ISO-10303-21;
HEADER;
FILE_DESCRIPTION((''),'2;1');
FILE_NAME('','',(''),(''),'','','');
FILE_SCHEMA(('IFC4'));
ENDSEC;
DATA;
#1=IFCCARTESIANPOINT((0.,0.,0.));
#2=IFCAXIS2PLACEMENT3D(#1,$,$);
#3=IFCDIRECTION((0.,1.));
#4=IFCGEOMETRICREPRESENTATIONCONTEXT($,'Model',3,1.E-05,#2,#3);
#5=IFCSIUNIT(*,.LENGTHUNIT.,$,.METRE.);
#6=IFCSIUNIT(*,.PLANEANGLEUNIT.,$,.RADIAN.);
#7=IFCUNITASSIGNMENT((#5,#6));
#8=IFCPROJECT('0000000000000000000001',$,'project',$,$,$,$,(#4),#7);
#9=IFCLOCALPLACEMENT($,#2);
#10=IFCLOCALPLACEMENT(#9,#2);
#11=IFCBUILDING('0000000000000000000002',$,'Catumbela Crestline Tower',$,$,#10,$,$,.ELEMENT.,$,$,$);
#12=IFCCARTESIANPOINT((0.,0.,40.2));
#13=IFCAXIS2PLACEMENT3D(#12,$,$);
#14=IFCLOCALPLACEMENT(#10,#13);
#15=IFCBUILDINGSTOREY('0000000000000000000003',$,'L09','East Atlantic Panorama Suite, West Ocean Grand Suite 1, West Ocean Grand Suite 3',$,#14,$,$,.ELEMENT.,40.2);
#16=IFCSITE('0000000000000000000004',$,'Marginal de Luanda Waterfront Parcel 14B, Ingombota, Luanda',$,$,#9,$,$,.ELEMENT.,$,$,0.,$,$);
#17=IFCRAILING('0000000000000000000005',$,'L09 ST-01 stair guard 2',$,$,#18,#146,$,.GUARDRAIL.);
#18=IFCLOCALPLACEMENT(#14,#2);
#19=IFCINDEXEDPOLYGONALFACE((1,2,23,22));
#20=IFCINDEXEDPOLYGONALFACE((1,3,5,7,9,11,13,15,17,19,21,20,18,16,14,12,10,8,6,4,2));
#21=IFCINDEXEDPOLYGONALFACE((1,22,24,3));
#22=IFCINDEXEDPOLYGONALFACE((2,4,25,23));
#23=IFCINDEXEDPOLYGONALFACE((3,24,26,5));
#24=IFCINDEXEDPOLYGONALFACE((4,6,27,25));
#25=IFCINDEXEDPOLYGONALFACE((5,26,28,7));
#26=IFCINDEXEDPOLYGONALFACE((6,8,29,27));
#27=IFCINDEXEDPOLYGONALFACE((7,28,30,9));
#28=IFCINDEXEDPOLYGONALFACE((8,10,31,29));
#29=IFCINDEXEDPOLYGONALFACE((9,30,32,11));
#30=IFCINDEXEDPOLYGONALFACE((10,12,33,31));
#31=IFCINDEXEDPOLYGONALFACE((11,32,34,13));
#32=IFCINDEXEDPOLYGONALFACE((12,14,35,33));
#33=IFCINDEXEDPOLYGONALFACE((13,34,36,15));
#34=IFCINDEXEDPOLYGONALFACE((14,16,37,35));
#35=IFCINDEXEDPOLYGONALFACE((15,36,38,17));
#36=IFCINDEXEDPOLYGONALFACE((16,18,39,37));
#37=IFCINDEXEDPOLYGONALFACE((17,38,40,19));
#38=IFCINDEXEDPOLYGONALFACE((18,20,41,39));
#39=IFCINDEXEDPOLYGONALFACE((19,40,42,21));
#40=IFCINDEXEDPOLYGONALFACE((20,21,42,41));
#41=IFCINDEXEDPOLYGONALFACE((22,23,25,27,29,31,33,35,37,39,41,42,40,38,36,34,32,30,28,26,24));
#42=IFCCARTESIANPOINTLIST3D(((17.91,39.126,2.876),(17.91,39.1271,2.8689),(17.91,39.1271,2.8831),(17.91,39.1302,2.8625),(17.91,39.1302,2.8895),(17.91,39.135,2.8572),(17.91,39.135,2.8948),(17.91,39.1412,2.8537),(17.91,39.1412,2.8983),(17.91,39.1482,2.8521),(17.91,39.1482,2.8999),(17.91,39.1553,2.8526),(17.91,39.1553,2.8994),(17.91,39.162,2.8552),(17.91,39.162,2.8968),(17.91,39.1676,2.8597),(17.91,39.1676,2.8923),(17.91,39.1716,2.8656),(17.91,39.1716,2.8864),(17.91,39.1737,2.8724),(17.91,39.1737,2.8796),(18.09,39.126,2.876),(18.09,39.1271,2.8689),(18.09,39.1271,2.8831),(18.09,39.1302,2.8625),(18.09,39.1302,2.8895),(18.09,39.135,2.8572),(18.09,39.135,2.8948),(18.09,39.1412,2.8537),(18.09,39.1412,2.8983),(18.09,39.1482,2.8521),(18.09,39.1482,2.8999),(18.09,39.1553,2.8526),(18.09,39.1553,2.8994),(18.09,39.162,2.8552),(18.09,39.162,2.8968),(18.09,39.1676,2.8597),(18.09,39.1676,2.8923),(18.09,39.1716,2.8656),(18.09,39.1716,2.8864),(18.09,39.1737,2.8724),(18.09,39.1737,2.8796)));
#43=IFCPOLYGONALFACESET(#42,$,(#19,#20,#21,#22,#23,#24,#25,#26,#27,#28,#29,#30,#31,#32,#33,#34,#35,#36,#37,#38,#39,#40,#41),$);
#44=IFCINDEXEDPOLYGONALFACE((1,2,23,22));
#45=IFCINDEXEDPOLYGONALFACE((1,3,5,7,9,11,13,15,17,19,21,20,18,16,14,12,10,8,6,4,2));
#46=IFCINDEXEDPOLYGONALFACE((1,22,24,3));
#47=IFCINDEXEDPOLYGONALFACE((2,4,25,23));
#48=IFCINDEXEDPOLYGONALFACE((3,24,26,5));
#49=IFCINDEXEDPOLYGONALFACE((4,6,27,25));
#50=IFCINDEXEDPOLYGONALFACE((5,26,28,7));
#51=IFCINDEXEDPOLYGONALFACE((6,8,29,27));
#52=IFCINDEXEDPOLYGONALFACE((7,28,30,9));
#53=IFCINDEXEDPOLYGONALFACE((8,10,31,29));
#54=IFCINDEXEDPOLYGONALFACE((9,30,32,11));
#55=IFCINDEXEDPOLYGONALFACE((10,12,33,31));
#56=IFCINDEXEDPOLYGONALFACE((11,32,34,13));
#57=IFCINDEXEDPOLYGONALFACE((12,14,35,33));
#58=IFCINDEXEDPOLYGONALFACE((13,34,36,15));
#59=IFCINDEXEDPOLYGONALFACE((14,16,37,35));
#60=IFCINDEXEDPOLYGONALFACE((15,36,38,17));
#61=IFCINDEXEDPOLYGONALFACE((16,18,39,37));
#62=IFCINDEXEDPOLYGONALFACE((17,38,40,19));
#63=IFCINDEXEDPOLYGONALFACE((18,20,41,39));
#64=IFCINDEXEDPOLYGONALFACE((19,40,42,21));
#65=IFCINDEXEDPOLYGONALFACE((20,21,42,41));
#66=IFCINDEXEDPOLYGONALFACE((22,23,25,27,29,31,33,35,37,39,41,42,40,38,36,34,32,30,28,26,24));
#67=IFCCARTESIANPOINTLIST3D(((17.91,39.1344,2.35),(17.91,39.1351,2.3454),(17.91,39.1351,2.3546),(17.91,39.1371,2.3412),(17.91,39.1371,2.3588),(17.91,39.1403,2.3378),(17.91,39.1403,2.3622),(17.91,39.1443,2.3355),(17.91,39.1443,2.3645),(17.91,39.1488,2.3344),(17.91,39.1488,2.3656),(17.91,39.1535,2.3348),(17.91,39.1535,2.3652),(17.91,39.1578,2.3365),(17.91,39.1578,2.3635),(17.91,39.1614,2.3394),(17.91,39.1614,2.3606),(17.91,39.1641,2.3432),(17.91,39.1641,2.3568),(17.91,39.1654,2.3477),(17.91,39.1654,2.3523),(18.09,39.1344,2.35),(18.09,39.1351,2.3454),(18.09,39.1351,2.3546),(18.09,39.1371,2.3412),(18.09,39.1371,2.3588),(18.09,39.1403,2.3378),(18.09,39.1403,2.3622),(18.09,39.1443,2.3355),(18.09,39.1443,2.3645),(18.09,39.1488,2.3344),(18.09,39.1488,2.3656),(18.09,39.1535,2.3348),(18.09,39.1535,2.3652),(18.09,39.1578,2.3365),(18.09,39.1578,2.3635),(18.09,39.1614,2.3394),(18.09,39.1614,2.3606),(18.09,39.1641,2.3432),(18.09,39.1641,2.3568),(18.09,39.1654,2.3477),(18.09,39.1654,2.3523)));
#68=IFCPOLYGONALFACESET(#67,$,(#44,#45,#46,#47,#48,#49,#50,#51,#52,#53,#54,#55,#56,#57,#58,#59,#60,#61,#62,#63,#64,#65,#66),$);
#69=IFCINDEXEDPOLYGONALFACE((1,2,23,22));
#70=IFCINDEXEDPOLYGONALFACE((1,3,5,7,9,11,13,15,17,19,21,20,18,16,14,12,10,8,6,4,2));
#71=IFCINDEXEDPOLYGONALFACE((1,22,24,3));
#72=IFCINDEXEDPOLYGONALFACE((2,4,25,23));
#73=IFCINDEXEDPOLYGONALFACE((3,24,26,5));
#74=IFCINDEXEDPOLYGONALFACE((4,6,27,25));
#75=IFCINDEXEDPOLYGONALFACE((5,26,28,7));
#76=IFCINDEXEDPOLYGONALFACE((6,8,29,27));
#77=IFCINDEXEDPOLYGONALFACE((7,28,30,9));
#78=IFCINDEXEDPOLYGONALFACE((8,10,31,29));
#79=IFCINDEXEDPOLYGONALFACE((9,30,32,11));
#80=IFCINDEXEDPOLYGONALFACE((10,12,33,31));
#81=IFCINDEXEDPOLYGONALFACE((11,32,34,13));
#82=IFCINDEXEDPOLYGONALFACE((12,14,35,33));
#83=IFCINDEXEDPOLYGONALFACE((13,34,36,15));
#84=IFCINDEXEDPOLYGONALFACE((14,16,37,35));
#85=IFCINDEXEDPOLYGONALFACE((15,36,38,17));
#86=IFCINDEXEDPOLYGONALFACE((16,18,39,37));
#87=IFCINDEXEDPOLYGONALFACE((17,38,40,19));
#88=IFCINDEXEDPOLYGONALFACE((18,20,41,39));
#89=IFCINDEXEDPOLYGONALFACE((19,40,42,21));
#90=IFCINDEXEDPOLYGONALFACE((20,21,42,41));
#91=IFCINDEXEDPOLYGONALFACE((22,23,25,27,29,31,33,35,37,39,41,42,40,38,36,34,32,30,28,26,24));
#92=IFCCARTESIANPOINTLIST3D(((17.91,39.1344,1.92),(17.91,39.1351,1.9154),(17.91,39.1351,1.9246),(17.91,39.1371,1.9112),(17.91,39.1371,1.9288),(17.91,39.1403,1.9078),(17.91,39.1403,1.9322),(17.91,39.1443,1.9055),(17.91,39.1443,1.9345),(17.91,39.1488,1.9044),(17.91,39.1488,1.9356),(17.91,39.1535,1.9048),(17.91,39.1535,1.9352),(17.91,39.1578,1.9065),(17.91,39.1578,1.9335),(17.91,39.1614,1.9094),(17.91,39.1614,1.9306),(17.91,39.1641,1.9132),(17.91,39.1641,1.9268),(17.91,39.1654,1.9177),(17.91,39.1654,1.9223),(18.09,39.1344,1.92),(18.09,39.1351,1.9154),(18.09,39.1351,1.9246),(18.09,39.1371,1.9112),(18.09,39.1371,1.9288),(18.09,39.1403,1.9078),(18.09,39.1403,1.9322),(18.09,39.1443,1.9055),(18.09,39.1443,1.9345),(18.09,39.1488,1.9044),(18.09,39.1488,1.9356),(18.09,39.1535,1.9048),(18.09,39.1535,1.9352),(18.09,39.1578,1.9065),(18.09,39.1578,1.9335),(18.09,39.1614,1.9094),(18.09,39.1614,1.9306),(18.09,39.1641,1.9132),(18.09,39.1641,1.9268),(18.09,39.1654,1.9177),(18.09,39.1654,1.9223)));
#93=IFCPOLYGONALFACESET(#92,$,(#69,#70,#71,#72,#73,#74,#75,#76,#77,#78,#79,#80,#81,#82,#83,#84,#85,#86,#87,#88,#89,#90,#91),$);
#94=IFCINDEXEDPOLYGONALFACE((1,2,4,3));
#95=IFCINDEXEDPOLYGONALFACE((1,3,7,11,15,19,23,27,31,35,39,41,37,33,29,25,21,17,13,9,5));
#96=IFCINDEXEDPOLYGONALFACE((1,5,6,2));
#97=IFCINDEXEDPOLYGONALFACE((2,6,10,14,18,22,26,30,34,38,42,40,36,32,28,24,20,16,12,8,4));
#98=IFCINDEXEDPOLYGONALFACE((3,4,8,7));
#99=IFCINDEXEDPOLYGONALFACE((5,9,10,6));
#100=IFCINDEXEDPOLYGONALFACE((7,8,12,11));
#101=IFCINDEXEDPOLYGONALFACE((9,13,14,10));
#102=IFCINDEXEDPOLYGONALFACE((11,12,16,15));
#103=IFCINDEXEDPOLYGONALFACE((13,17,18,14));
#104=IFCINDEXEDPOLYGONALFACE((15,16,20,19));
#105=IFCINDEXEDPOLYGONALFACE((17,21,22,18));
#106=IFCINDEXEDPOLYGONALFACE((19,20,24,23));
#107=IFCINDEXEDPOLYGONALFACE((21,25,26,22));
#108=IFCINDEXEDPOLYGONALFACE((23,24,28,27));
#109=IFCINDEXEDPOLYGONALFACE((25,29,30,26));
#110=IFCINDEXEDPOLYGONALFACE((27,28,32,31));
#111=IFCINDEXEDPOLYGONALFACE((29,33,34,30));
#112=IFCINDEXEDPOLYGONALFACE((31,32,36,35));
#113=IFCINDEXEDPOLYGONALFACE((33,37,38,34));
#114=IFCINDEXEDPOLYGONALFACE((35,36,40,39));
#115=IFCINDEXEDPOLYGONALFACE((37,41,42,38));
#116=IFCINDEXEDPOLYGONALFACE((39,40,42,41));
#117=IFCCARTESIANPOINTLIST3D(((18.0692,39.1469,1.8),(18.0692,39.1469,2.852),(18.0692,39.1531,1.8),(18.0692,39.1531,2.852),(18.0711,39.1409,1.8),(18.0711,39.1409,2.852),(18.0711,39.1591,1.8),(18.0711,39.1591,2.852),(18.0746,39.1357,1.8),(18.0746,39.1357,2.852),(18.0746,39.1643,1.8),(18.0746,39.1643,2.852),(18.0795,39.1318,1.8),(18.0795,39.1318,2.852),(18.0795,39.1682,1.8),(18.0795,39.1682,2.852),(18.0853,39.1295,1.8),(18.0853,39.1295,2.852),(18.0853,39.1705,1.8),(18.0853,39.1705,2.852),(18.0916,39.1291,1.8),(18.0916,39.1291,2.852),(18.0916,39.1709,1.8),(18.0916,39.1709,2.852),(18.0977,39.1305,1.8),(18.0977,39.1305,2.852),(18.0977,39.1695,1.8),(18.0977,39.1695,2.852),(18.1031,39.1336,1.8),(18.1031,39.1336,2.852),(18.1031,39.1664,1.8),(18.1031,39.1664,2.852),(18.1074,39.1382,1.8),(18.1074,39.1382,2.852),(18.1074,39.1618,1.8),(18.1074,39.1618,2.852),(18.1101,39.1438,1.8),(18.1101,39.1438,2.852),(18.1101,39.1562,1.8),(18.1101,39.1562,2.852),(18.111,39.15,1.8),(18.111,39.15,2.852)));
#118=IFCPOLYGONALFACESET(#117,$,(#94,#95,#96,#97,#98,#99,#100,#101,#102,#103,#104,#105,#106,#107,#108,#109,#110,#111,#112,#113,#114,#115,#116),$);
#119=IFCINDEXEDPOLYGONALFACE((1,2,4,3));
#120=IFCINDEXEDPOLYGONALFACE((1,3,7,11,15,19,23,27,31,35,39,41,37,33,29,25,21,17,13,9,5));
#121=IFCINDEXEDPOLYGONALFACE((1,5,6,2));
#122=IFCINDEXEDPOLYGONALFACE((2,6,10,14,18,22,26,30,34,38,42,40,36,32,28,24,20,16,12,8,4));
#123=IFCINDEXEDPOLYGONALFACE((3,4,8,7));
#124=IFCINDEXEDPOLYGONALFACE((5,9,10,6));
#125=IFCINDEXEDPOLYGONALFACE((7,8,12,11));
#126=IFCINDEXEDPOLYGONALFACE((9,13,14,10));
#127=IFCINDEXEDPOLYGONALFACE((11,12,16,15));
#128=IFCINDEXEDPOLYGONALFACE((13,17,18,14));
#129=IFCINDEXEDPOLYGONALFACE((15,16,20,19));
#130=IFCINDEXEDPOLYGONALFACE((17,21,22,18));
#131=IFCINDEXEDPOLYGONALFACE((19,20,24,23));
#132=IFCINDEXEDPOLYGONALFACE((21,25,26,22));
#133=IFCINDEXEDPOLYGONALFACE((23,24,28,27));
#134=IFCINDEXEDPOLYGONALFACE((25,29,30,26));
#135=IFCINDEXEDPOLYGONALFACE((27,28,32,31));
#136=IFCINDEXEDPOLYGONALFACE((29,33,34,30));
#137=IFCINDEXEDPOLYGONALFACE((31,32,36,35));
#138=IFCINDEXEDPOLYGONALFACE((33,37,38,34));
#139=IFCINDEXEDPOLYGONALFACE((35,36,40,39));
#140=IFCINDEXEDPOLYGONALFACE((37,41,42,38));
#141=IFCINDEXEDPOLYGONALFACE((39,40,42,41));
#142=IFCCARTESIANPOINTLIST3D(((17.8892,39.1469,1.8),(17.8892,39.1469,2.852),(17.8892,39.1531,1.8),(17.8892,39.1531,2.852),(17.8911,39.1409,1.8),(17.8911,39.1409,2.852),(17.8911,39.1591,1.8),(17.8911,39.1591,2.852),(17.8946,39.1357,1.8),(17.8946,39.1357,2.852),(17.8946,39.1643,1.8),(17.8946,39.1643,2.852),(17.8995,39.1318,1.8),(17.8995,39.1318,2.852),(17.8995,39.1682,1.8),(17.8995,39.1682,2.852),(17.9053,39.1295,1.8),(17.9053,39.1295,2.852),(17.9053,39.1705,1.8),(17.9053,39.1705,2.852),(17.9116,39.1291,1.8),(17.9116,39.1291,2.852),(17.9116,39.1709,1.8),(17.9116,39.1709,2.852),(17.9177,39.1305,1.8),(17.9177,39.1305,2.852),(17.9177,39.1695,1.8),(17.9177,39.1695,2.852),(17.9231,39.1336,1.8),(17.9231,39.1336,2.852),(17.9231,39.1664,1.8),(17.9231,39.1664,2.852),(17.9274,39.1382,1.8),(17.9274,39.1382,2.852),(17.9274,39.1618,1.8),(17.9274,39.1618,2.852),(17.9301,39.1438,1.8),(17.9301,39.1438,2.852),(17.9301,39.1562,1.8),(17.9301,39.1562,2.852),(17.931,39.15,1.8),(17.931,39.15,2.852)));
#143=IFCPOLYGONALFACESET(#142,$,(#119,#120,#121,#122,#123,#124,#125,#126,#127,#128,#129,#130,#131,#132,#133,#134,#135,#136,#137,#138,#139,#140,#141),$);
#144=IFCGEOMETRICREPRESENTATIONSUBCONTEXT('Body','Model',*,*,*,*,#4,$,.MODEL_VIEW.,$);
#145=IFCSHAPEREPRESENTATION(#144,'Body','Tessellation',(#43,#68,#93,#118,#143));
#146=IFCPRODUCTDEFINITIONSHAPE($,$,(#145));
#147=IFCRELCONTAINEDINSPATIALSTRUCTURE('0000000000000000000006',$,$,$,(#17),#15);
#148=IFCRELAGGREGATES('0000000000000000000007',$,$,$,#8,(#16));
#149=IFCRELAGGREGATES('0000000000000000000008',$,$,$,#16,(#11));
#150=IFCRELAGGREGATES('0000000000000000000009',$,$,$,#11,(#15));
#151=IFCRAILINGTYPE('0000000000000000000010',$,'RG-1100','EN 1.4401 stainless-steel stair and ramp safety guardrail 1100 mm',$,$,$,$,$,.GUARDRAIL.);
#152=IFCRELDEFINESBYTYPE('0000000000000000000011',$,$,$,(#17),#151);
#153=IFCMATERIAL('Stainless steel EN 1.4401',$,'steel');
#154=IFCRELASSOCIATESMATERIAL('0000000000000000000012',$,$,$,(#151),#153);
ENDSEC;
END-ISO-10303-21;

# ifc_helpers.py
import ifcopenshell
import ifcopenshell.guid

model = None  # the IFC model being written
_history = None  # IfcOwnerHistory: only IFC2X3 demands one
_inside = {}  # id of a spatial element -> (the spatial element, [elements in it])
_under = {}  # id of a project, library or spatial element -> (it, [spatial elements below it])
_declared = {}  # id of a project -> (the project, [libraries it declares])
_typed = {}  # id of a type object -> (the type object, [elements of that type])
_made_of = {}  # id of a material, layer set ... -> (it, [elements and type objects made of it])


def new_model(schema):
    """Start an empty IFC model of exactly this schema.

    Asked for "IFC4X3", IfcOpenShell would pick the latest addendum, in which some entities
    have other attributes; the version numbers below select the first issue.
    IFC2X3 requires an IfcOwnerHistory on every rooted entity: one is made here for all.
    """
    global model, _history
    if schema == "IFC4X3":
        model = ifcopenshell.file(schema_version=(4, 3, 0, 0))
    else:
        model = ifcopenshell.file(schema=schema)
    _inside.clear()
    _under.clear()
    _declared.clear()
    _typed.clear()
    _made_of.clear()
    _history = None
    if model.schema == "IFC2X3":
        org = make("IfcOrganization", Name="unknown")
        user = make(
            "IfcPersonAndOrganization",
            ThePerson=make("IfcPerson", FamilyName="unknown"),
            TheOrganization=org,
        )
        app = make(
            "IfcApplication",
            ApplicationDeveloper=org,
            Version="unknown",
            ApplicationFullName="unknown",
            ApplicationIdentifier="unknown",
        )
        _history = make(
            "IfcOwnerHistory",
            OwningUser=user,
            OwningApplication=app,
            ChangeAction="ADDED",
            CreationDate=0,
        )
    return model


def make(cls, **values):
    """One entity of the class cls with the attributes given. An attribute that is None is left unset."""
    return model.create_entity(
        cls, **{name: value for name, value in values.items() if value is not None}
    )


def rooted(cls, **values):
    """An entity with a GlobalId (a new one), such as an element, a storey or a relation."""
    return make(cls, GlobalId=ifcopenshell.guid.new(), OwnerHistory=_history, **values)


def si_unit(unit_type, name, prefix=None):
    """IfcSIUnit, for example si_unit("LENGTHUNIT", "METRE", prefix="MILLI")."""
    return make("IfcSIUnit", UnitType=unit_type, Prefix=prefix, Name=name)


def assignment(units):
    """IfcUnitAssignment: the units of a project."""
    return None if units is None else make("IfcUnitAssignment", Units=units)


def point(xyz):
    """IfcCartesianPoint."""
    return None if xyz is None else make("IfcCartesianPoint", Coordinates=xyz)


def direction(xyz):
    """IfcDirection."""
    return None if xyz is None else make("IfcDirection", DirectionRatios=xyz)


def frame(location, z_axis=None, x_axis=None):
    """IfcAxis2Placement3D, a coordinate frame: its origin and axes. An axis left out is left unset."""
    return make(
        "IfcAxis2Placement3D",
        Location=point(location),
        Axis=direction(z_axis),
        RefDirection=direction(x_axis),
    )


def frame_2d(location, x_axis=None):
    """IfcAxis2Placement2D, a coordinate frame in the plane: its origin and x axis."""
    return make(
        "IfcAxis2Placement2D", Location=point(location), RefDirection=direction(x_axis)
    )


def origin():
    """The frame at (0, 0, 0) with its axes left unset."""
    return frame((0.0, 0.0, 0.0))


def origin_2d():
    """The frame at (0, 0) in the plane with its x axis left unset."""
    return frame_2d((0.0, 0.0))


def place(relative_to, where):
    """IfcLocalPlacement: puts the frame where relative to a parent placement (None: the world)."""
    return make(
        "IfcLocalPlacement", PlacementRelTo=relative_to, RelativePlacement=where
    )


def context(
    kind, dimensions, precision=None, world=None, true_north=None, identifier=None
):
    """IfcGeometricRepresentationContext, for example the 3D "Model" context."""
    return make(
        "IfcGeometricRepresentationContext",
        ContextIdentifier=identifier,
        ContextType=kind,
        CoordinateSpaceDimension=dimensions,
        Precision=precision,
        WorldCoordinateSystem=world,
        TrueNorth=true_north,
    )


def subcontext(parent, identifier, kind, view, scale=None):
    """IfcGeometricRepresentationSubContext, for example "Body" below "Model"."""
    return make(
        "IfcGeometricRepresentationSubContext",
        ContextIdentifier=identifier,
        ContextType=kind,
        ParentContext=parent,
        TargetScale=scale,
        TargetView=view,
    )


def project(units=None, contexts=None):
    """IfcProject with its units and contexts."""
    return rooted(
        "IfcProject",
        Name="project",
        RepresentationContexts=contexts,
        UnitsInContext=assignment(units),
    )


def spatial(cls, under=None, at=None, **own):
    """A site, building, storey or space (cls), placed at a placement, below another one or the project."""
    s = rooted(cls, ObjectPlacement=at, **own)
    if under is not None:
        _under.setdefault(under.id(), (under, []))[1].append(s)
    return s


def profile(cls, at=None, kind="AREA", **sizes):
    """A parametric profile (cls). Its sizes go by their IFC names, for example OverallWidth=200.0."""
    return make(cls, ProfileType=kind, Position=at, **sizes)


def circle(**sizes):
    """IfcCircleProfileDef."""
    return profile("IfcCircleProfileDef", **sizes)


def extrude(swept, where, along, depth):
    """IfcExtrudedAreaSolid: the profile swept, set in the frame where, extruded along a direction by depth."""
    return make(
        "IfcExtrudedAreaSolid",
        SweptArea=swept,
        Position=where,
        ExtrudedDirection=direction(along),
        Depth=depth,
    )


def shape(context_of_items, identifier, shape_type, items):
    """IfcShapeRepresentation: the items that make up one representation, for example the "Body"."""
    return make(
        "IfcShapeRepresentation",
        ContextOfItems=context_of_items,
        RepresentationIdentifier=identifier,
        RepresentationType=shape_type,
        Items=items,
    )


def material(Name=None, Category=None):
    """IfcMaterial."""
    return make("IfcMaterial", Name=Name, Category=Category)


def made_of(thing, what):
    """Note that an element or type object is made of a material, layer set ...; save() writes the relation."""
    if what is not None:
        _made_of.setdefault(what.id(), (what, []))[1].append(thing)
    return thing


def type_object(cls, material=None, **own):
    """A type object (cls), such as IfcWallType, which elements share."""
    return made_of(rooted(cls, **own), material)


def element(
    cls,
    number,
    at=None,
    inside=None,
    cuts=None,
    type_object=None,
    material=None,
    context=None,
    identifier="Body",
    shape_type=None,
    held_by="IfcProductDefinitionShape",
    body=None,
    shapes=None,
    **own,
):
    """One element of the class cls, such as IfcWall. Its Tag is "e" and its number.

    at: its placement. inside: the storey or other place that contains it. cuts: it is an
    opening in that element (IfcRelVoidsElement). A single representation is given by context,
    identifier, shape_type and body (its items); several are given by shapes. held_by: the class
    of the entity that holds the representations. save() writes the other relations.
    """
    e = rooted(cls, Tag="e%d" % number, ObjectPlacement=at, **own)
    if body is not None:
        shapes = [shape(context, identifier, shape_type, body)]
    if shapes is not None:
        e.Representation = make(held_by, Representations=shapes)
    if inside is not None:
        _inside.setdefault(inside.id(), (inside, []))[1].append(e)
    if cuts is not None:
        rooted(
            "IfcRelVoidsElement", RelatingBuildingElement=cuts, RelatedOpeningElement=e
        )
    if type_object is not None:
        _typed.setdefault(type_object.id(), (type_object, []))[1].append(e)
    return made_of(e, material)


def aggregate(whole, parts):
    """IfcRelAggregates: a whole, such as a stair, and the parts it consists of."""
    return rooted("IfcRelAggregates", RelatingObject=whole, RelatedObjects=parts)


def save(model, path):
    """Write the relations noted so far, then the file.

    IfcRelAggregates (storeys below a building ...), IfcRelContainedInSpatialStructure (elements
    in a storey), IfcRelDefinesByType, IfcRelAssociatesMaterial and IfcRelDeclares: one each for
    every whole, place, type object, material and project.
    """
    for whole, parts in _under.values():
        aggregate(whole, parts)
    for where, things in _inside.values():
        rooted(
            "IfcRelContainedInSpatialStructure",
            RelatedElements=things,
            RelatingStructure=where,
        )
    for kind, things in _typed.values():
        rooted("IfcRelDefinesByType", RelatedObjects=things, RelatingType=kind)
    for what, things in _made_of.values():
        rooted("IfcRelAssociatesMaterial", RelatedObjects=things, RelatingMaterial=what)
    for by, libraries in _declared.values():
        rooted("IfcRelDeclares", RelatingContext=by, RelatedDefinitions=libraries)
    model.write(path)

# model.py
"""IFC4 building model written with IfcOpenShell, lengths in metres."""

from ifc_helpers import new_model, si_unit, direction, frame, origin, origin_2d, place, context, subcontext, project, spatial, circle, extrude, material, type_object, element, save


model = new_model("IFC4")

# Units and contexts
model_context = context("Model", 3, precision=1e-05, world=origin(), true_north=direction((0.0, 1.0)))
body_context = subcontext(model_context, "Body", "Model", "MODEL_VIEW")
ifc_project = project(units=[si_unit("LENGTHUNIT", "METRE"), si_unit("PLANEANGLEUNIT", "RADIAN")], contexts=[model_context])

# Site, building, storey
site_placement = place(None, origin())
site = spatial("IfcSite", under=ifc_project, at=site_placement, Name="Marginal de Luanda Waterfront Parcel 14B, Ingombota, Luanda", CompositionType="ELEMENT", RefElevation=0.0)
building_placement = place(site_placement, origin())
building = spatial("IfcBuilding", under=site, at=building_placement, Name="Catumbela Crestline Tower", CompositionType="ELEMENT")
storey_placement = place(building_placement, frame((0.0, 0.0, 40.2)))
storey = spatial("IfcBuildingStorey", under=building, at=storey_placement, Name="L09", Description="East Atlantic Panorama Suite, West Ocean Grand Suite 1, West Ocean Grand Suite 3", CompositionType="ELEMENT", Elevation=40.2)

# Shared definitions
ifc_material_1 = material(Name="Stainless steel EN 1.4401", Category="steel")

# Railing
railing_type_1 = type_object("IfcRailingType", Name="RG-1100", Description="EN 1.4401 stainless-steel stair and ramp safety guardrail 1100 mm", PredefinedType="GUARDRAIL", material=ifc_material_1)
railing_1_placement = place(storey_placement, frame((18.09, 39.15, 1.8)))
element("IfcRailing", 1, at=railing_1_placement, inside=storey, type_object=railing_type_1, Name="L09 ST-01 stair guard 2", PredefinedType="GUARDRAIL", context=body_context, shape_type="SweptSolid", body=[
    extrude(circle(Radius=0.024, at=origin_2d()), frame((0.0, 0.0, 1.076), z_axis=(-1.0, 0.0, 0.0), x_axis=(0.0, -1.0, 0.0)), (0.0, 0.0, 1.0), 0.18),
    extrude(circle(Radius=0.0156, at=origin_2d()), frame((0.0, 0.0, 0.55), z_axis=(-1.0, 0.0, 0.0), x_axis=(0.0, -1.0, 0.0)), (0.0, 0.0, 1.0), 0.18),
    extrude(circle(Radius=0.0156, at=origin_2d()), frame((0.0, 0.0, 0.12), z_axis=(-1.0, 0.0, 0.0), x_axis=(0.0, -1.0, 0.0)), (0.0, 0.0, 1.0), 0.18),
    extrude(circle(Radius=0.021, at=origin_2d()), origin(), (0.0, 0.0, 1.0), 1.052),
    extrude(circle(Radius=0.021, at=origin_2d()), frame((-0.18, 0.0, 0.0)), (0.0, 0.0, 1.0), 1.052),
])

save(model, "model.ifc")
